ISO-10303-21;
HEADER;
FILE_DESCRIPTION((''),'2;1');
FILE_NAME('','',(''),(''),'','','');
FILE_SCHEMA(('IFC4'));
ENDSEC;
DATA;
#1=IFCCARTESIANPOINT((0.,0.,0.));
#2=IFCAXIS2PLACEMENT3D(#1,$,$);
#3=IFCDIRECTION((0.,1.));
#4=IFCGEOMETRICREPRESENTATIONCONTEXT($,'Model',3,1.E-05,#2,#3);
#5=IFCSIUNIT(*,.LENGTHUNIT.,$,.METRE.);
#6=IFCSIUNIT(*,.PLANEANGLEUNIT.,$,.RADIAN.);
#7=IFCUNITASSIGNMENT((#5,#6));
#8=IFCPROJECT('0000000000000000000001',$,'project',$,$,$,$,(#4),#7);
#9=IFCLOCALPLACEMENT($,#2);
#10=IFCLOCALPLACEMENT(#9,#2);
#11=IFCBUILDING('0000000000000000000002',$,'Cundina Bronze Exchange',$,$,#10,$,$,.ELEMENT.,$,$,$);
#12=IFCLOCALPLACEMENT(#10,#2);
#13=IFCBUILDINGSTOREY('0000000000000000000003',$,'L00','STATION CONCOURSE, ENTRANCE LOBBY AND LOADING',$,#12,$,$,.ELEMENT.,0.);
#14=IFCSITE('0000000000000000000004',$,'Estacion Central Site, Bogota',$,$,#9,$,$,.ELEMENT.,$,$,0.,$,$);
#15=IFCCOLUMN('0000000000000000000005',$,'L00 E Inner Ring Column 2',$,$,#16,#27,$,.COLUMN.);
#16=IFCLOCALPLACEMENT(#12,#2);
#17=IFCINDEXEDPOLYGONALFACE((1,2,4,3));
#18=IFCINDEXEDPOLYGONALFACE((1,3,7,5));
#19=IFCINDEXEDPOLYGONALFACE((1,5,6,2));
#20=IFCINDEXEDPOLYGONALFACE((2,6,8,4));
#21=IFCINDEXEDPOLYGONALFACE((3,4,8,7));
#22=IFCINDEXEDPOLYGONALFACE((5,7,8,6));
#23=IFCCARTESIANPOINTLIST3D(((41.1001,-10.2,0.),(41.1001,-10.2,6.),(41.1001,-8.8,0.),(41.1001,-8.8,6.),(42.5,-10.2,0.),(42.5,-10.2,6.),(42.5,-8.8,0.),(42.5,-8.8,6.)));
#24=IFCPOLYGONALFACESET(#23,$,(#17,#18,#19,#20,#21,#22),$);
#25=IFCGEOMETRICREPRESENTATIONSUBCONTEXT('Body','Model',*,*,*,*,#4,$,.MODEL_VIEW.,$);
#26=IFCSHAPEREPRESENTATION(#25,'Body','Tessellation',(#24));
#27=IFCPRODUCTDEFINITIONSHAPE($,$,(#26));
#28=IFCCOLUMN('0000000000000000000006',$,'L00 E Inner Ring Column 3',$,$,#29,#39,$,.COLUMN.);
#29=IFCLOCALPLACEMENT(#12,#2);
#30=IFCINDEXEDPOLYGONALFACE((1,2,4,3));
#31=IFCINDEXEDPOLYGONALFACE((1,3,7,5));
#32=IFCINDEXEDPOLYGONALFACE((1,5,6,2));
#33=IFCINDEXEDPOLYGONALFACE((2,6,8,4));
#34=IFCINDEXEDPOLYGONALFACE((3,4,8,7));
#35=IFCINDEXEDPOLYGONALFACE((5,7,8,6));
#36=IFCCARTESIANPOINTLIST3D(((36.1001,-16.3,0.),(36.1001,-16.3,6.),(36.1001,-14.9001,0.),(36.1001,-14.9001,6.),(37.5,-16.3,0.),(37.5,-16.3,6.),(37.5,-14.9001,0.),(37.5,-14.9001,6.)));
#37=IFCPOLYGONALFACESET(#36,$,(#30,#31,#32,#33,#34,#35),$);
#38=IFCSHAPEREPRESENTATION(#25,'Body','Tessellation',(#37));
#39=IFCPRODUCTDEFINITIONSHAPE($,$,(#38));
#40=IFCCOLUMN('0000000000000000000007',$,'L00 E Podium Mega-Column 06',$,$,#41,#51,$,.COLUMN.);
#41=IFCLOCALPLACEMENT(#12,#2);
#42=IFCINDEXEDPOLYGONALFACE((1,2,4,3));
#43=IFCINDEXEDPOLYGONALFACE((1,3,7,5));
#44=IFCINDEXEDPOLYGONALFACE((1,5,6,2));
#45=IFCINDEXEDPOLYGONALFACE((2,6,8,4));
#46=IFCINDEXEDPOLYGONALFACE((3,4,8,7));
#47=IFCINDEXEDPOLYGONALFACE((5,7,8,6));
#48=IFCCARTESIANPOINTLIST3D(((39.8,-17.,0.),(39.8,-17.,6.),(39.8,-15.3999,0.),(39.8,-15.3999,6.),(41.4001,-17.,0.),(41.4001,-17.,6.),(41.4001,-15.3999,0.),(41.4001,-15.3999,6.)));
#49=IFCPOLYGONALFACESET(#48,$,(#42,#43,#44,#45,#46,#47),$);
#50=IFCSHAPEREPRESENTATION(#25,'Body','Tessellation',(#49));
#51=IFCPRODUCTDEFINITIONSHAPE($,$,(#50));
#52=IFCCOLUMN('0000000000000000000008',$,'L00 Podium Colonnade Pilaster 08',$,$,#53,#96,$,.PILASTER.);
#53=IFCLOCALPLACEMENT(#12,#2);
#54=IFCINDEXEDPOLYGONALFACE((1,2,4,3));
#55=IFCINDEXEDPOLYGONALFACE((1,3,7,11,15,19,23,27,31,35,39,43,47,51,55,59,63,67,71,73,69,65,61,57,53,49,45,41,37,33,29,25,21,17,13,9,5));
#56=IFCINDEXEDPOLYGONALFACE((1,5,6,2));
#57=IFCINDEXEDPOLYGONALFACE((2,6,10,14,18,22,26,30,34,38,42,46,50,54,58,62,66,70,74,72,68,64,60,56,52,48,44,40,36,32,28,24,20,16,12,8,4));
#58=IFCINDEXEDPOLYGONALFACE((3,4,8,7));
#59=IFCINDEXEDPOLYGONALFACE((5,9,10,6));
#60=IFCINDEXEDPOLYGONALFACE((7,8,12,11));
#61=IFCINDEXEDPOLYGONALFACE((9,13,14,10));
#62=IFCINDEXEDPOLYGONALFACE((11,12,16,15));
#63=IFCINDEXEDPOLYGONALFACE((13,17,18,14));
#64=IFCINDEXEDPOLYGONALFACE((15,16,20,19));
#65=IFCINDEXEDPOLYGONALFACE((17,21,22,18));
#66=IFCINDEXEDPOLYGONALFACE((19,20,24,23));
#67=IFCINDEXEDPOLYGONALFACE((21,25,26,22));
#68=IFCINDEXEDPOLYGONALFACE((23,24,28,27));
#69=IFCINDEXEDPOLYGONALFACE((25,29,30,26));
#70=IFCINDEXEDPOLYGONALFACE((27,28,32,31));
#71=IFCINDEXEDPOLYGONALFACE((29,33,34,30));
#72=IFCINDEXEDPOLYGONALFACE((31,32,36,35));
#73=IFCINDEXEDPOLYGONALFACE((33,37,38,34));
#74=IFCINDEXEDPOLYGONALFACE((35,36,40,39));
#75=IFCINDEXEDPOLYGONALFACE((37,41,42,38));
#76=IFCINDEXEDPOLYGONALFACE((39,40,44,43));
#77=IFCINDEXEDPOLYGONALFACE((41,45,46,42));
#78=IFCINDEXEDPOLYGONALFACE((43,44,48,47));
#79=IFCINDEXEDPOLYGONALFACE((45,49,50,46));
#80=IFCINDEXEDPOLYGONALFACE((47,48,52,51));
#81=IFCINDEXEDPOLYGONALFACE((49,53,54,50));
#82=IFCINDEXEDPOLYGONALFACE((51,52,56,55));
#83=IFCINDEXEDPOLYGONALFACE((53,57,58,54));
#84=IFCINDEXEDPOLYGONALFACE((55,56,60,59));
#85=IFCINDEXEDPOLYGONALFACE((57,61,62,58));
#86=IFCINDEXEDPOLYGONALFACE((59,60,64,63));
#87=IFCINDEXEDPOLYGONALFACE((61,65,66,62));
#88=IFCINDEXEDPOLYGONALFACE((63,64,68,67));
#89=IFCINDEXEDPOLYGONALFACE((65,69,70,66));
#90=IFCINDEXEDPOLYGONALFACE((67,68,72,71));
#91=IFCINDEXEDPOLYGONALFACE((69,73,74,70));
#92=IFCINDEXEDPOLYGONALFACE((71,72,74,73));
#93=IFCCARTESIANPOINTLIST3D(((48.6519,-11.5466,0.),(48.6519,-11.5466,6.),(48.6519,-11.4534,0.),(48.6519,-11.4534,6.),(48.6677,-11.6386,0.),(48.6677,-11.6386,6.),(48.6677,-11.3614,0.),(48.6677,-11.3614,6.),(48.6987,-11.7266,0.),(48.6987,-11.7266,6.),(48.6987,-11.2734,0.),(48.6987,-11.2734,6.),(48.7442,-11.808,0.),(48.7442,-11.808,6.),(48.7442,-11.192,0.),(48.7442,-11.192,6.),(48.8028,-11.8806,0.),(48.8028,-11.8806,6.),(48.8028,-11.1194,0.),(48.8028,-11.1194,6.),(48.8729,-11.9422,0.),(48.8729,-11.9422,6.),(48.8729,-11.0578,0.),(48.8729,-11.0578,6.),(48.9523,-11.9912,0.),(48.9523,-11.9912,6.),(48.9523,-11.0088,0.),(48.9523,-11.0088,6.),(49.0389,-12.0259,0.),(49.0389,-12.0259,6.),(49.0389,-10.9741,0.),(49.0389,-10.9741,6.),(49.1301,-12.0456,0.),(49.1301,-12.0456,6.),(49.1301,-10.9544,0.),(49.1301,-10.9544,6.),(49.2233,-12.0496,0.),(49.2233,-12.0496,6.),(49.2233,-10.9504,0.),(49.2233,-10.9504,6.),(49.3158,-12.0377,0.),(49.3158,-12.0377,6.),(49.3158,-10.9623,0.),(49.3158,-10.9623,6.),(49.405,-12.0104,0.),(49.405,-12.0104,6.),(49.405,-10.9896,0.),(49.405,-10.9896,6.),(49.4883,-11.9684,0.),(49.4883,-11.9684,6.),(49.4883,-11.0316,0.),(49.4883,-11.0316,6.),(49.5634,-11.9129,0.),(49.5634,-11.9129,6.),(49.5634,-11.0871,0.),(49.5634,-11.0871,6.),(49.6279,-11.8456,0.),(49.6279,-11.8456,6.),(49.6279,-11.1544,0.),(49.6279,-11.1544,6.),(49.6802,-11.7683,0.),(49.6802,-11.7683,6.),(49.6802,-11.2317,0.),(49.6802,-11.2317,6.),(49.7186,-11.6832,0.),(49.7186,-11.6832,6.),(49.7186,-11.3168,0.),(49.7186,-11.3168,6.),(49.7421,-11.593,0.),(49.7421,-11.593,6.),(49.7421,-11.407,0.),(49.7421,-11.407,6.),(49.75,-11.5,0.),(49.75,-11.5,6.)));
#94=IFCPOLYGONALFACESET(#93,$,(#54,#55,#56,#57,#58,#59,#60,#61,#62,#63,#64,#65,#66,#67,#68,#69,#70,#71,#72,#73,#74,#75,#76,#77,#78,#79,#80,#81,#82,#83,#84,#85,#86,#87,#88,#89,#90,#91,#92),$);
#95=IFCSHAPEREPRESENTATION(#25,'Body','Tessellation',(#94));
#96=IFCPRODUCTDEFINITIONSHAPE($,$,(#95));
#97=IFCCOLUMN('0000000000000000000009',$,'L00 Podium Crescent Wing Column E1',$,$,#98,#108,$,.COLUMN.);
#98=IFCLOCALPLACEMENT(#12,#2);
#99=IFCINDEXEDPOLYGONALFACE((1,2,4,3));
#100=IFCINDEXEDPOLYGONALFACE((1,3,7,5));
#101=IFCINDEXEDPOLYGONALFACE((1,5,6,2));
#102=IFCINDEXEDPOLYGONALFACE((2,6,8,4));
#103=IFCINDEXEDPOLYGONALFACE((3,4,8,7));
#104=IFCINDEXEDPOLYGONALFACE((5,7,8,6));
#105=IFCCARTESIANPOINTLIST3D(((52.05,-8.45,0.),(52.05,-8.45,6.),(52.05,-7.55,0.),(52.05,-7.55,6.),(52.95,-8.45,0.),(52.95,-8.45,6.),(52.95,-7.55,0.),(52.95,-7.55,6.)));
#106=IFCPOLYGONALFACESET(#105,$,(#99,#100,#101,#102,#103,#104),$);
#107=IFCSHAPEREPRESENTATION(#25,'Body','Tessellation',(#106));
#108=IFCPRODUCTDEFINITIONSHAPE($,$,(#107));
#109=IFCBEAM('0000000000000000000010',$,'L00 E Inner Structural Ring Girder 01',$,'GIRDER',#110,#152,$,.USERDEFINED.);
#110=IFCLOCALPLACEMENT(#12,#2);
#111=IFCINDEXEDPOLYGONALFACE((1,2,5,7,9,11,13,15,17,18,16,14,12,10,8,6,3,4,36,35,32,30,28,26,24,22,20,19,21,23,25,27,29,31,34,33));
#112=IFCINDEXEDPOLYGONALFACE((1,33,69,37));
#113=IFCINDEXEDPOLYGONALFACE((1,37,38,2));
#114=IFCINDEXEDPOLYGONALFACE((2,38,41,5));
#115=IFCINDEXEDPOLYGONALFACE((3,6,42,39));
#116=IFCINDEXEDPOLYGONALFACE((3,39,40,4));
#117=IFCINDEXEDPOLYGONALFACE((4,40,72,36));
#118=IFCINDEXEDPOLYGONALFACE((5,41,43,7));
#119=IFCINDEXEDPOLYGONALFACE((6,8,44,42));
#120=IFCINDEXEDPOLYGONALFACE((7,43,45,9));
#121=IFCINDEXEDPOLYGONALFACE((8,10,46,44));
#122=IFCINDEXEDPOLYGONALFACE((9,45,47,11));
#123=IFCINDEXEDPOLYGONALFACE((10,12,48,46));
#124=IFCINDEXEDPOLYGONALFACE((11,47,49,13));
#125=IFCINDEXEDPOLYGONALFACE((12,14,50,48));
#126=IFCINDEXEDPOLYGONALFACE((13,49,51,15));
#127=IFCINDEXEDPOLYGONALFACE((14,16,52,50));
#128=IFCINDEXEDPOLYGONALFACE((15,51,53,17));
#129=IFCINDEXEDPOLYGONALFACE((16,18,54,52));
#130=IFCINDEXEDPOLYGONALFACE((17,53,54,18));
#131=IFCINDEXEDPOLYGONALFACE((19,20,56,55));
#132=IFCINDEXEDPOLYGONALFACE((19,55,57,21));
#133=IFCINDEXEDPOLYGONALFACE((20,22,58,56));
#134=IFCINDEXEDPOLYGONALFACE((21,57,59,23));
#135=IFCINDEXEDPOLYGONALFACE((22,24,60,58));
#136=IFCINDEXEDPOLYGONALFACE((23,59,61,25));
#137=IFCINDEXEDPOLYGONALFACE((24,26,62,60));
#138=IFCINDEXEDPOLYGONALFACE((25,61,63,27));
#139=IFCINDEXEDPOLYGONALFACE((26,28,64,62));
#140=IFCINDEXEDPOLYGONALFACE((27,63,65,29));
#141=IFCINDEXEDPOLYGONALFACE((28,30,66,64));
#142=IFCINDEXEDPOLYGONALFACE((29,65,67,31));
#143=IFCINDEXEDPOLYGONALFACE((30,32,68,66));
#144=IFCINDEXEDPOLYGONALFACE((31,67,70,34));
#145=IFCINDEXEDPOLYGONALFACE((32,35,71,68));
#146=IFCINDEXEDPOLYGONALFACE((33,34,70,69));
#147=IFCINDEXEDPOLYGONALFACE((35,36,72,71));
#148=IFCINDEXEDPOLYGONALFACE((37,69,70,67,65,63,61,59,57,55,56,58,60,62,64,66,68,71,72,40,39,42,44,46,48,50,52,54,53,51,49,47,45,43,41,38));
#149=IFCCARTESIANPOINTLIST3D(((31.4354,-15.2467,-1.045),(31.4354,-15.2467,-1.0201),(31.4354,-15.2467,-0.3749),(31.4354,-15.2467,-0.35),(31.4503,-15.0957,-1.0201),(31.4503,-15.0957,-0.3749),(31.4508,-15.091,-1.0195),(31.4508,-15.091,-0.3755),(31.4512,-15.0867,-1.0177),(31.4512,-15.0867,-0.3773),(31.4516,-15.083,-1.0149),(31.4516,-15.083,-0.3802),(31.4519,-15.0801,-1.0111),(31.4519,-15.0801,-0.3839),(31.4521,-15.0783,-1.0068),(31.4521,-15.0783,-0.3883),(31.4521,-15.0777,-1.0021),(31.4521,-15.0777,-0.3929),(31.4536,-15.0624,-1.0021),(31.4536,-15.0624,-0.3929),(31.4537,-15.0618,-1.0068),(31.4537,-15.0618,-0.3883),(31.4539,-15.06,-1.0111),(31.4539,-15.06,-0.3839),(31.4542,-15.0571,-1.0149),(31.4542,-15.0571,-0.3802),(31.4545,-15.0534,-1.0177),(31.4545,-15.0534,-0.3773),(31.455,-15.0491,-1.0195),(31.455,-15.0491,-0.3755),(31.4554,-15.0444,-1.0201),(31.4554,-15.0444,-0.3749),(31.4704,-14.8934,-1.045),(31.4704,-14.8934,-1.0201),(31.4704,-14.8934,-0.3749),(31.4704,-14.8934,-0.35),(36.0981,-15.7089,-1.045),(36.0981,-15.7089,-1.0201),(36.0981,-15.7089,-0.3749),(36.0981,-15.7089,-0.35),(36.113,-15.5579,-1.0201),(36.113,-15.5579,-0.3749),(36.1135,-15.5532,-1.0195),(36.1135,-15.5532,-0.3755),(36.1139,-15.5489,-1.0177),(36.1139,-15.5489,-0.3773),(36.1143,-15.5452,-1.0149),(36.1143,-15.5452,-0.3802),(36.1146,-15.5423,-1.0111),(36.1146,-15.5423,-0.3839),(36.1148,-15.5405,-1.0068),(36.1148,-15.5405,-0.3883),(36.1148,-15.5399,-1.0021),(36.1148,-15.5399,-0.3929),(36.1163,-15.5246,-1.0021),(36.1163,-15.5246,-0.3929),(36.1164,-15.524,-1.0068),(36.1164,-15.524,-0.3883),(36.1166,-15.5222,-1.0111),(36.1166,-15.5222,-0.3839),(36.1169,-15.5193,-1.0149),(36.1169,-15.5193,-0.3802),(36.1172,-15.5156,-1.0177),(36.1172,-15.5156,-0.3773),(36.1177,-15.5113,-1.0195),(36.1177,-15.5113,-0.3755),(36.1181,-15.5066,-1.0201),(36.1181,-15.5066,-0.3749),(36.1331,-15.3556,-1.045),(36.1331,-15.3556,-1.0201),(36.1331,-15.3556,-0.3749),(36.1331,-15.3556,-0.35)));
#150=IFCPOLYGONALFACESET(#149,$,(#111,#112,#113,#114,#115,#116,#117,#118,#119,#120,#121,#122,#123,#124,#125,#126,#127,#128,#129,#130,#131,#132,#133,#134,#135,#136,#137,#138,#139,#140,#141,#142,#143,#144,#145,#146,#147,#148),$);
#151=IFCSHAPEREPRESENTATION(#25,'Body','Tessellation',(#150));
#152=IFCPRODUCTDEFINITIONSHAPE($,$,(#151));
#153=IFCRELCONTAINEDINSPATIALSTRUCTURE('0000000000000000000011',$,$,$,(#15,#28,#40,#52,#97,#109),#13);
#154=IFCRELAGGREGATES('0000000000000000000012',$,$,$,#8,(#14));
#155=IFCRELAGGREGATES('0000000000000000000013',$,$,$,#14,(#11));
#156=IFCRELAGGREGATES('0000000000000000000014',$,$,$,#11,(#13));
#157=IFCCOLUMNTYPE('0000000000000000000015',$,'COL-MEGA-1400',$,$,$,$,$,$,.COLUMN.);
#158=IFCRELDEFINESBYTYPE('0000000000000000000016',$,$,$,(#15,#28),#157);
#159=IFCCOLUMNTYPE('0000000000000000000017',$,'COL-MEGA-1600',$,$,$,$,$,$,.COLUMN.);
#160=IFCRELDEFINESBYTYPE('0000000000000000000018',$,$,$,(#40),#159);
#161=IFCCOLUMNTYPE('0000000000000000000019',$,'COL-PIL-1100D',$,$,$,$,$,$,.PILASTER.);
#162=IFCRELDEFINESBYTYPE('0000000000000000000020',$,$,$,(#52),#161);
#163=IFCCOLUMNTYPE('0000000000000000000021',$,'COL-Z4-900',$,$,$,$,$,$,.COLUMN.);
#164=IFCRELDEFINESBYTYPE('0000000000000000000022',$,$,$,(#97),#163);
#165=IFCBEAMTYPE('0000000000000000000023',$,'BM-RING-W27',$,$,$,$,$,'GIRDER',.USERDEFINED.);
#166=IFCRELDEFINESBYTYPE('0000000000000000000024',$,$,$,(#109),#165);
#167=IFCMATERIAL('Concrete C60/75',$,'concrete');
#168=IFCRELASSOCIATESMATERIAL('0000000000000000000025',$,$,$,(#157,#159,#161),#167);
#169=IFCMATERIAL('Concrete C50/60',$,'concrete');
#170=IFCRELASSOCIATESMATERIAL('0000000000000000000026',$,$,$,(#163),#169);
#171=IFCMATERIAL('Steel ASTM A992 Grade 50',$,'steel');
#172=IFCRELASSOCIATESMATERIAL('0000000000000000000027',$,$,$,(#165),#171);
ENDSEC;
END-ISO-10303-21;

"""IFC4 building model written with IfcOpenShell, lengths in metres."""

from ifc_helpers import new_model, si_unit, direction, frame, origin, origin_2d, place, context, subcontext, project, spatial, rectangle, circle, i_section, extrude, material, material_profile, profile_set, type_object, element, save


model = new_model("IFC4")

# Units and contexts
model_context = context("Model", 3, precision=1e-05, world=origin(), true_north=direction((0.0, 1.0)))
body_context = subcontext(model_context, "Body", "Model", "MODEL_VIEW")
ifc_project = project(units=[si_unit("LENGTHUNIT", "METRE"), si_unit("PLANEANGLEUNIT", "RADIAN")], contexts=[model_context])

# Site, building, storey
site_placement = place(None, origin())
site = spatial("IfcSite", under=ifc_project, at=site_placement, Name="Estacion Central Site, Bogota", CompositionType="ELEMENT", RefElevation=0.0)
building_placement = place(site_placement, origin())
building = spatial("IfcBuilding", under=site, at=building_placement, Name="Cundina Bronze Exchange", CompositionType="ELEMENT")
storey_placement = place(building_placement, origin())
storey = spatial("IfcBuildingStorey", under=building, at=storey_placement, Name="L00", Description="STATION CONCOURSE, ENTRANCE LOBBY AND LOADING", CompositionType="ELEMENT", Elevation=0.0)

# Columns
ifc_material_1 = material(Name="Concrete C60/75", Category="concrete")
ifc_material_profile_1 = material_profile(ifc_material_1, rectangle(XDim=1.3999, YDim=1.3999, at=origin_2d()), Name="RC1400X1400", Category="concrete")
ifc_profile_set_1 = profile_set([ifc_material_profile_1], Name="Concrete C60/75")
column_type_1 = type_object("IfcColumnType", Name="COL-MEGA-1400", PredefinedType="COLUMN", material=ifc_profile_set_1)
for number, where, z_axis, x_axis, name in (
    (1, (41.8, -9.5, 0.0), (0.0, 0.0, 1.0), (1.0, 0.0, 0.0), "L00 E Inner Ring Column 2"),
    (2, (36.8, -15.6001, 0.0), (0.0, 0.0, 1.0), (1.0, 0.0, 0.0), "L00 E Inner Ring Column 3"),
):
    element("IfcColumn", number, at=place(storey_placement, frame(where, z_axis=z_axis, x_axis=x_axis)), inside=storey, type_object=column_type_1, Name=name, PredefinedType="COLUMN", context=body_context, shape_type="SweptSolid", body=[
        extrude(rectangle(XDim=1.3999, YDim=1.3999, at=origin_2d()), origin(), (0.0, 0.0, 1.0), 6.0),
    ])
ifc_material_profile_2 = material_profile(ifc_material_1, rectangle(XDim=1.6001, YDim=1.6001, at=origin_2d()), Name="RC1600X1600", Category="concrete")
ifc_profile_set_2 = profile_set([ifc_material_profile_2], Name="Concrete C60/75")
column_type_2 = type_object("IfcColumnType", Name="COL-MEGA-1600", PredefinedType="COLUMN", material=ifc_profile_set_2)
column_1_placement = place(storey_placement, frame((40.6001, -16.2, 0.0), z_axis=(0.0, 0.0, 1.0), x_axis=(1.0, 0.0, 0.0)))
element("IfcColumn", 3, at=column_1_placement, inside=storey, type_object=column_type_2, Name="L00 E Podium Mega-Column 06", PredefinedType="COLUMN", context=body_context, shape_type="SweptSolid", body=[
    extrude(rectangle(XDim=1.6001, YDim=1.6001, at=origin_2d()), origin(), (0.0, 0.0, 1.0), 6.0),
])
ifc_material_profile_3 = material_profile(ifc_material_1, circle(Radius=0.55, at=origin_2d()), Name="RC1100D", Category="concrete")
ifc_profile_set_3 = profile_set([ifc_material_profile_3], Name="Concrete C60/75")
column_type_3 = type_object("IfcColumnType", Name="COL-PIL-1100D", PredefinedType="PILASTER", material=ifc_profile_set_3)
column_2_placement = place(storey_placement, frame((49.2, -11.5, 0.0), z_axis=(0.0, 0.0, 1.0), x_axis=(1.0, 0.0, 0.0)))
element("IfcColumn", 4, at=column_2_placement, inside=storey, type_object=column_type_3, Name="L00 Podium Colonnade Pilaster 08", PredefinedType="PILASTER", context=body_context, shape_type="SweptSolid", body=[
    extrude(circle(Radius=0.55, at=origin_2d()), origin(), (0.0, 0.0, 1.0), 6.0),
])
ifc_material_2 = material(Name="Concrete C50/60", Category="concrete")
ifc_material_profile_4 = material_profile(ifc_material_2, rectangle(XDim=0.8999, YDim=0.8999, at=origin_2d()), Name="RC900X900", Category="concrete")
ifc_profile_set_4 = profile_set([ifc_material_profile_4], Name="Concrete C50/60")
column_type_4 = type_object("IfcColumnType", Name="COL-Z4-900", PredefinedType="COLUMN", material=ifc_profile_set_4)
column_3_placement = place(storey_placement, frame((52.5, -8.0, 0.0), z_axis=(0.0, 0.0, 1.0), x_axis=(1.0, 0.0, 0.0)))
element("IfcColumn", 5, at=column_3_placement, inside=storey, type_object=column_type_4, Name="L00 Podium Crescent Wing Column E1", PredefinedType="COLUMN", context=body_context, shape_type="SweptSolid", body=[
    extrude(rectangle(XDim=0.8999, YDim=0.8999, at=origin_2d()), origin(), (0.0, 0.0, 1.0), 6.0),
])

# Beam
ifc_material_3 = material(Name="Steel ASTM A992 Grade 50", Category="steel")
ifc_material_profile_5 = material_profile(ifc_material_3, i_section(OverallWidth=0.355, OverallDepth=0.6951, WebThickness=0.0154, FlangeThickness=0.0249, FilletRadius=0.0181, at=origin_2d()), Name="W27X146", Category="steel")
ifc_profile_set_5 = profile_set([ifc_material_profile_5], Name="Steel ASTM A992 Grade 50")
beam_type_1 = type_object("IfcBeamType", Name="BM-RING-W27", ElementType="GIRDER", PredefinedType="USERDEFINED", material=ifc_profile_set_5)
beam_1_placement = place(storey_placement, frame((31.4529, -15.0701, -0.6975), z_axis=(0.995123, -0.098637, 0.0), x_axis=(0.098637, 0.995123, 0.0)))
element("IfcBeam", 6, at=beam_1_placement, inside=storey, type_object=beam_type_1, Name="L00 E Inner Structural Ring Girder 01", ObjectType="GIRDER", PredefinedType="USERDEFINED", context=body_context, shape_type="SweptSolid", body=[
    extrude(i_section(OverallWidth=0.355, OverallDepth=0.6951, WebThickness=0.0154, FlangeThickness=0.0249, FilletRadius=0.0181, at=origin_2d()), origin(), (0.0, 0.0, 1.0), 4.6855),
])

save(model, "model.ifc")
